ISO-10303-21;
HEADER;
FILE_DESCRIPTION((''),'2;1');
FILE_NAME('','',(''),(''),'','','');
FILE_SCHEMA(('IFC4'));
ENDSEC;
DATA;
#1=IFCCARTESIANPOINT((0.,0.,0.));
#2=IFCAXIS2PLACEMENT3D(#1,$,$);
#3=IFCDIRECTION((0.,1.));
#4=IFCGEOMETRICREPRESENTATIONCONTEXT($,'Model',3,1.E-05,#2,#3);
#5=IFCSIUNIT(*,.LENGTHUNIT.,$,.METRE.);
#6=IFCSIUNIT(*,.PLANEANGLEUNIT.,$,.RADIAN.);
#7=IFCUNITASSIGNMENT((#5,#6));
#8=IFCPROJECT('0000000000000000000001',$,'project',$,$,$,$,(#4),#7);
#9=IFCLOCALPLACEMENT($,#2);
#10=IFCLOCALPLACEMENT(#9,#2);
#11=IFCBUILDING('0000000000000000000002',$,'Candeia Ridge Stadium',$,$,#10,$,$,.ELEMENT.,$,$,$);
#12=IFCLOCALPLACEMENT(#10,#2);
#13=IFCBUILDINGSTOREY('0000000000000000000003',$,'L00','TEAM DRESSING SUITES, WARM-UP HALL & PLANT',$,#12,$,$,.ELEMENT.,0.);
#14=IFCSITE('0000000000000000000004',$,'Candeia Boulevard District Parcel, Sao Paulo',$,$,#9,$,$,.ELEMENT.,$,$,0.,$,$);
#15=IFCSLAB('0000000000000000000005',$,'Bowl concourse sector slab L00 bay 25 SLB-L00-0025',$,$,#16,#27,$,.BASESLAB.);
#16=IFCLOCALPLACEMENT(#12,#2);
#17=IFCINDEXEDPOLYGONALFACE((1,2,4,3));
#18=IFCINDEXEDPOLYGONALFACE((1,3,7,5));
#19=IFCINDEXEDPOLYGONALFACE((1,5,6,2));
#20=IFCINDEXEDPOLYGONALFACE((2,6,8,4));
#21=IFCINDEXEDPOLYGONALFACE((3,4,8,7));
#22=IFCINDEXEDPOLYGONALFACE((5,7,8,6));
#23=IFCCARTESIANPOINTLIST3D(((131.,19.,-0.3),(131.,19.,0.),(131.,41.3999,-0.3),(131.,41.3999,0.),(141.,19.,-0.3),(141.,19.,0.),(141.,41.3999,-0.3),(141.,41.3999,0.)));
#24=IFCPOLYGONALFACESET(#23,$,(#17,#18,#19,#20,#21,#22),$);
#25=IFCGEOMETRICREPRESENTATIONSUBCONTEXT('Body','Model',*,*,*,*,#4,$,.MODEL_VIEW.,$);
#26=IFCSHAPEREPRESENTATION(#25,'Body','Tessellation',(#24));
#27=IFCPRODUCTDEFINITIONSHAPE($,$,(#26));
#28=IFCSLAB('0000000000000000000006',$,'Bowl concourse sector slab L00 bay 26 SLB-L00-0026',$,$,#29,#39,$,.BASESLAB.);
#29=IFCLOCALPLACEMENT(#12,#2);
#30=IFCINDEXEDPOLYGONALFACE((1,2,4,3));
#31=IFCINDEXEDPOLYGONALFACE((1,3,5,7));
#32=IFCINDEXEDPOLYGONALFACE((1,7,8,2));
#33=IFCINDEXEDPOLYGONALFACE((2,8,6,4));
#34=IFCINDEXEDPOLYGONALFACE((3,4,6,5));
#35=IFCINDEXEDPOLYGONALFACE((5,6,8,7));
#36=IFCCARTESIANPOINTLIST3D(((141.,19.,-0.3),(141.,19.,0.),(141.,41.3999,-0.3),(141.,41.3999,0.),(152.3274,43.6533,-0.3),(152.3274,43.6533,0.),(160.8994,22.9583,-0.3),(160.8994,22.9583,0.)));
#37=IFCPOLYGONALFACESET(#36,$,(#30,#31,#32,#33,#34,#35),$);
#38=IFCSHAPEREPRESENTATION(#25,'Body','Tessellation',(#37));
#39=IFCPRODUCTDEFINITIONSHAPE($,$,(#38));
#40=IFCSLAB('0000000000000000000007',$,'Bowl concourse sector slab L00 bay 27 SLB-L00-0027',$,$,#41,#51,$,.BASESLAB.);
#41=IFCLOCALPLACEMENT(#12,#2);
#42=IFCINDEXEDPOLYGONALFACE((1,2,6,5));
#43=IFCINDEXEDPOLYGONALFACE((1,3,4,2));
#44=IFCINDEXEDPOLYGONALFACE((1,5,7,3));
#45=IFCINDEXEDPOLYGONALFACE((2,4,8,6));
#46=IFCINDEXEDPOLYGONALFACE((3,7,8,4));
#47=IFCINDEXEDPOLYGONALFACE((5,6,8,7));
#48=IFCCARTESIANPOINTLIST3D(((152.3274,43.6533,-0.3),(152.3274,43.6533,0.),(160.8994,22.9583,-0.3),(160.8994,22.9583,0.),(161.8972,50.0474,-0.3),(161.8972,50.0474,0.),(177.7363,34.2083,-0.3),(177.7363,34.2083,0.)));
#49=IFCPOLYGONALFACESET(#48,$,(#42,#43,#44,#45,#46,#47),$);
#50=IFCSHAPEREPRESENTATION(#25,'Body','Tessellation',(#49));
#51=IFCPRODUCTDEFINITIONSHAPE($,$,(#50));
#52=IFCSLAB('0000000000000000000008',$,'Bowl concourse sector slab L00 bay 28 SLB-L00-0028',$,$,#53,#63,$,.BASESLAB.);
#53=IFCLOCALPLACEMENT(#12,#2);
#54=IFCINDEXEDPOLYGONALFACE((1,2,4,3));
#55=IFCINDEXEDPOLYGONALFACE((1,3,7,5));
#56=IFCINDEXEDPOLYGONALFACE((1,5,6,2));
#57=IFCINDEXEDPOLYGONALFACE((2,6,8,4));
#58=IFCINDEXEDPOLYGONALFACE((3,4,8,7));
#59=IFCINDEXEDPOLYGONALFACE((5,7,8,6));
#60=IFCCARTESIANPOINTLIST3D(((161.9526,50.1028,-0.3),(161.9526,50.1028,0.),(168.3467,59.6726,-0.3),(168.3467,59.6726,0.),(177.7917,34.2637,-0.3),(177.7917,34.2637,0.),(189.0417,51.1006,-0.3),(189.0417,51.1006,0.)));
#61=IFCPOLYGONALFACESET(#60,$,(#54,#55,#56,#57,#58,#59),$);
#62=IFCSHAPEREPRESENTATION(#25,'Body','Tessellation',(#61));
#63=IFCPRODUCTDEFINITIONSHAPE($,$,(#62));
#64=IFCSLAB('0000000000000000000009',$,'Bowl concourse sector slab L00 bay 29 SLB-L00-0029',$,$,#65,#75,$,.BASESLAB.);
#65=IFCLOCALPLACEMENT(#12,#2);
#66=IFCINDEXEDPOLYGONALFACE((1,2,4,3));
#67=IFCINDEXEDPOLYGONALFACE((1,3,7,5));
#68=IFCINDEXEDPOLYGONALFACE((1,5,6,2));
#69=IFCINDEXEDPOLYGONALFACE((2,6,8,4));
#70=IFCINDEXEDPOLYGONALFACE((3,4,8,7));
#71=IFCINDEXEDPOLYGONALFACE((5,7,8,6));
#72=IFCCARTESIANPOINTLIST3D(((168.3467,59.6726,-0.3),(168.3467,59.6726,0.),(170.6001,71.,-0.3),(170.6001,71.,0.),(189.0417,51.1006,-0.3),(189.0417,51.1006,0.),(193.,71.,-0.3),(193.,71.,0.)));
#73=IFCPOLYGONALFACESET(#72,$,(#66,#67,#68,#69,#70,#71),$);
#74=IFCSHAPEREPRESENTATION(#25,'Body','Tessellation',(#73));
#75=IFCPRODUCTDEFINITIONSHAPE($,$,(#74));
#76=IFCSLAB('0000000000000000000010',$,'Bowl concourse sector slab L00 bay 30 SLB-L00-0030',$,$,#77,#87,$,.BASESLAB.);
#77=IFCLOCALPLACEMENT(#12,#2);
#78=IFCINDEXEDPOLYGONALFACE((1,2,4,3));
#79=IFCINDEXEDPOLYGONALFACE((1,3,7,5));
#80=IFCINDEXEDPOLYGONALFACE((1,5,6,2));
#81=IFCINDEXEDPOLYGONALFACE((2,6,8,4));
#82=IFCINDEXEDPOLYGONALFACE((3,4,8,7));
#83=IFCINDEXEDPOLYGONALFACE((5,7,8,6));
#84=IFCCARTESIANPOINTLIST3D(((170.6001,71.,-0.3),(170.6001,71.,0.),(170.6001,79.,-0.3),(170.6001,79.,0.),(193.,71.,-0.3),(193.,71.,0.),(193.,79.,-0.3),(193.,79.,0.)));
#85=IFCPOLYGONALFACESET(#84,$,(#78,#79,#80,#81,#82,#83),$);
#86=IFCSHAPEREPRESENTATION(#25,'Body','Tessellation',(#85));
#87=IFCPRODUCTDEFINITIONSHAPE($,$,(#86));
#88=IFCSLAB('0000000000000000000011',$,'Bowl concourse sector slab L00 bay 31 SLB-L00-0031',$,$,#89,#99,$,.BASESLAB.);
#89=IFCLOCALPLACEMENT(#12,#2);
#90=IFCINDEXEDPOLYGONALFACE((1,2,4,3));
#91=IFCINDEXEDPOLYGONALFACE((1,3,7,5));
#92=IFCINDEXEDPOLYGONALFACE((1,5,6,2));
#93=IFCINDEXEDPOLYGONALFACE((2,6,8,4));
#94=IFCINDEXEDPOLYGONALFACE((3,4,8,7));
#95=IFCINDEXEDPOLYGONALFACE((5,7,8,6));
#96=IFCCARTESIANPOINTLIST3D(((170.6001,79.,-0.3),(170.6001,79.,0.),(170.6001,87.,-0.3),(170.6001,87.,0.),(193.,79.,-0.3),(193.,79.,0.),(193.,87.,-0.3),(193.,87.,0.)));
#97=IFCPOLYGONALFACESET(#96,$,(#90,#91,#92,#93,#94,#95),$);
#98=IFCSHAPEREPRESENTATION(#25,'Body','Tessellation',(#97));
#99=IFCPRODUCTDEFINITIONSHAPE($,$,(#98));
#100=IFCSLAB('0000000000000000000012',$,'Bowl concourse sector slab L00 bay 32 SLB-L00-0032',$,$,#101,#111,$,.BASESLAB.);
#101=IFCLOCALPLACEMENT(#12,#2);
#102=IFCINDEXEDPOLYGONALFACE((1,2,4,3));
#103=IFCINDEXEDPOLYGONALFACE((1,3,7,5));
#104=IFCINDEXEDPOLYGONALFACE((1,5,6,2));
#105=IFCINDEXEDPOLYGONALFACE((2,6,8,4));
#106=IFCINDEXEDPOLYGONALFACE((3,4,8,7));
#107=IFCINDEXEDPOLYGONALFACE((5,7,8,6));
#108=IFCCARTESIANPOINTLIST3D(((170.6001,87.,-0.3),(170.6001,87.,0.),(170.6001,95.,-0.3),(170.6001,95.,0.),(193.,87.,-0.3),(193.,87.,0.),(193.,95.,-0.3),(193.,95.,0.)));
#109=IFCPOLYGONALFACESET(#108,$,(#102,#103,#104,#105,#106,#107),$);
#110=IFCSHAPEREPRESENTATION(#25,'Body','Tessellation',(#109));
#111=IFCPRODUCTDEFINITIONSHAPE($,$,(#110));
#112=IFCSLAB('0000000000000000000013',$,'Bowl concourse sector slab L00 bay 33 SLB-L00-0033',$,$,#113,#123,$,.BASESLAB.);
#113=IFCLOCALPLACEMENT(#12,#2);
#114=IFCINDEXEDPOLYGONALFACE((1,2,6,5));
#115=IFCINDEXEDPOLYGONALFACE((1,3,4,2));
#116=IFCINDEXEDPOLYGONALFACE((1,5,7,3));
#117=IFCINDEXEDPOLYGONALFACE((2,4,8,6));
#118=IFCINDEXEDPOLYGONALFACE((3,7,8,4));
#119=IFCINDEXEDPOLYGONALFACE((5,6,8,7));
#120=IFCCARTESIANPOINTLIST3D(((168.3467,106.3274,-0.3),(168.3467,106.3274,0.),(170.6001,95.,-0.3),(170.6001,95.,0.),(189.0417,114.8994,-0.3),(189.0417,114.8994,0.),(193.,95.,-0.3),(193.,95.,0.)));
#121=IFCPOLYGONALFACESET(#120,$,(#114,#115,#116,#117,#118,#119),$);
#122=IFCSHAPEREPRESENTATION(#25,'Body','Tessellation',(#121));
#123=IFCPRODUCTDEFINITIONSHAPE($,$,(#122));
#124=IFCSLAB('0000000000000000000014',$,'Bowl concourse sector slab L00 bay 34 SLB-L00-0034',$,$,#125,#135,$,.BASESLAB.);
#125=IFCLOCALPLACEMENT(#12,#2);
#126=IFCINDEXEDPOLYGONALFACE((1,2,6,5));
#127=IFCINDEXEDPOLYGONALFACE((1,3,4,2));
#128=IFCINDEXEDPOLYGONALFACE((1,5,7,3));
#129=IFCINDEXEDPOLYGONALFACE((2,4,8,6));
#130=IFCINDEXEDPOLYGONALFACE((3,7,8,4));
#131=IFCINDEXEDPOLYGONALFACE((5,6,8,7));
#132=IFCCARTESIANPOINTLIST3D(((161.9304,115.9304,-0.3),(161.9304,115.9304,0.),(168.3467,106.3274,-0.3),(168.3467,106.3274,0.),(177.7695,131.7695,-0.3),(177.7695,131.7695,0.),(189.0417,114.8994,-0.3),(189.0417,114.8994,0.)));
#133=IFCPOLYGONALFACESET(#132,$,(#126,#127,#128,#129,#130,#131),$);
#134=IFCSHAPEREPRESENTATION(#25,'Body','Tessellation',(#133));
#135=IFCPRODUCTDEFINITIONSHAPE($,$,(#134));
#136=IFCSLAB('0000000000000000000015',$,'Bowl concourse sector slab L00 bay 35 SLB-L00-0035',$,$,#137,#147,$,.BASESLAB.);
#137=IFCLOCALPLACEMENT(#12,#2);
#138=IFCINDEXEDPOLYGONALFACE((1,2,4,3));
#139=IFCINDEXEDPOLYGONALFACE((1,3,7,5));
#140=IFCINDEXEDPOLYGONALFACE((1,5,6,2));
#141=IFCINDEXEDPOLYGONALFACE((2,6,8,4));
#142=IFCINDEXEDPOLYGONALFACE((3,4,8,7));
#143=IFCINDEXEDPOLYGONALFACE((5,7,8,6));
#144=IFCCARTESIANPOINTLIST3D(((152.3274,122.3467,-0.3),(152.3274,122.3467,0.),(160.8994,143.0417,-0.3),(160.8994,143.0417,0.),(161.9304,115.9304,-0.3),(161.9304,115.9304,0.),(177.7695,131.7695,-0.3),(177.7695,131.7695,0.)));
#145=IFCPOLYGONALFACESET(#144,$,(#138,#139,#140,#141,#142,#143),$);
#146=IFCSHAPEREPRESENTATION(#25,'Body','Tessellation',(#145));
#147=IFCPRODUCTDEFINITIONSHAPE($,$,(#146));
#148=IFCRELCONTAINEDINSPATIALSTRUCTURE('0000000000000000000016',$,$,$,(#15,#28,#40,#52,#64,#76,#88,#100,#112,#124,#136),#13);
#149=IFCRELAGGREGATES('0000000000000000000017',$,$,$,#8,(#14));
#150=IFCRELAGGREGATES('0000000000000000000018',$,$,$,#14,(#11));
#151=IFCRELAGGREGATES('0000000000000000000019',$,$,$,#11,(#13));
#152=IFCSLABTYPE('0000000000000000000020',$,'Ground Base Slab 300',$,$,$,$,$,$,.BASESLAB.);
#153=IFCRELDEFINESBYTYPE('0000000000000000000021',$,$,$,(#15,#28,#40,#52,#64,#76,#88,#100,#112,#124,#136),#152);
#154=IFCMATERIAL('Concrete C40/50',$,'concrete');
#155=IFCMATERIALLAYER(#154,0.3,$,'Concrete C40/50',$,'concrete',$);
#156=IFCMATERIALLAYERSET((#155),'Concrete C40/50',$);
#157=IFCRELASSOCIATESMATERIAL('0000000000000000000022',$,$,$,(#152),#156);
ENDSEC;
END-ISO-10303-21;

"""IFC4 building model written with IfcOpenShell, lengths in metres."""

from ifc_helpers import new_model, si_unit, direction, frame, origin, place, context, subcontext, project, spatial, polyline, outline, extrude, material, layer, layer_set, type_object, element, save


model = new_model("IFC4")

# Units and contexts
model_context = context("Model", 3, precision=1e-05, world=origin(), true_north=direction((0.0, 1.0)))
body_context = subcontext(model_context, "Body", "Model", "MODEL_VIEW")
ifc_project = project(units=[si_unit("LENGTHUNIT", "METRE"), si_unit("PLANEANGLEUNIT", "RADIAN")], contexts=[model_context])

# Site, building, storey
site_placement = place(None, origin())
site = spatial("IfcSite", under=ifc_project, at=site_placement, Name="Candeia Boulevard District Parcel, Sao Paulo", CompositionType="ELEMENT", RefElevation=0.0)
building_placement = place(site_placement, origin())
building = spatial("IfcBuilding", under=site, at=building_placement, Name="Candeia Ridge Stadium", CompositionType="ELEMENT")
storey_placement = place(building_placement, origin())
storey = spatial("IfcBuildingStorey", under=building, at=storey_placement, Name="L00", Description="TEAM DRESSING SUITES, WARM-UP HALL & PLANT", CompositionType="ELEMENT", Elevation=0.0)

# Slabs
ifc_material = material(Name="Concrete C40/50", Category="concrete")
ifc_layer = layer(ifc_material, 0.3, Name="Concrete C40/50", Category="concrete")
ifc_layer_set = layer_set([ifc_layer], Name="Concrete C40/50")
slab_type = type_object("IfcSlabType", Name="Ground Base Slab 300", PredefinedType="BASESLAB", material=ifc_layer_set)
slab_1_placement = place(storey_placement, frame((0.0, 0.0, -0.3)))
element("IfcSlab", 1, at=slab_1_placement, inside=storey, type_object=slab_type, Name="Bowl concourse sector slab L00 bay 25 SLB-L00-0025", PredefinedType="BASESLAB", context=body_context, shape_type="SweptSolid", body=[
    extrude(outline(polyline([(131.0, 41.3999), (141.0, 41.3999), (141.0, 19.0), (131.0, 19.0), (131.0, 41.3999)])), origin(), (0.0, 0.0, 1.0), 0.3),
])
slab_2_placement = place(storey_placement, frame((0.0, 0.0, -0.3)))
element("IfcSlab", 2, at=slab_2_placement, inside=storey, type_object=slab_type, Name="Bowl concourse sector slab L00 bay 26 SLB-L00-0026", PredefinedType="BASESLAB", context=body_context, shape_type="SweptSolid", body=[
    extrude(outline(polyline([(141.0, 41.3999), (152.3274, 43.6533), (160.8994, 22.9583), (141.0, 19.0), (141.0, 41.3999)])), origin(), (0.0, 0.0, 1.0), 0.3),
])
slab_3_placement = place(storey_placement, frame((0.0, 0.0, -0.3)))
element("IfcSlab", 3, at=slab_3_placement, inside=storey, type_object=slab_type, Name="Bowl concourse sector slab L00 bay 27 SLB-L00-0027", PredefinedType="BASESLAB", context=body_context, shape_type="SweptSolid", body=[
    extrude(outline(polyline([(152.3274, 43.6533), (161.8972, 50.0474), (177.7363, 34.2083), (160.8994, 22.9583), (152.3274, 43.6533)])), origin(), (0.0, 0.0, 1.0), 0.3),
])
slab_4_placement = place(storey_placement, frame((0.0, 0.0, -0.3)))
element("IfcSlab", 4, at=slab_4_placement, inside=storey, type_object=slab_type, Name="Bowl concourse sector slab L00 bay 28 SLB-L00-0028", PredefinedType="BASESLAB", context=body_context, shape_type="SweptSolid", body=[
    extrude(outline(polyline([(161.9526, 50.1028), (168.3467, 59.6726), (189.0417, 51.1006), (177.7917, 34.2637), (161.9526, 50.1028)])), origin(), (0.0, 0.0, 1.0), 0.3),
])
slab_5_placement = place(storey_placement, frame((0.0, 0.0, -0.3)))
element("IfcSlab", 5, at=slab_5_placement, inside=storey, type_object=slab_type, Name="Bowl concourse sector slab L00 bay 29 SLB-L00-0029", PredefinedType="BASESLAB", context=body_context, shape_type="SweptSolid", body=[
    extrude(outline(polyline([(168.3467, 59.6726), (170.6001, 71.0), (193.0, 71.0), (189.0417, 51.1006), (168.3467, 59.6726)])), origin(), (0.0, 0.0, 1.0), 0.3),
])
slab_6_placement = place(storey_placement, frame((0.0, 0.0, -0.3)))
element("IfcSlab", 6, at=slab_6_placement, inside=storey, type_object=slab_type, Name="Bowl concourse sector slab L00 bay 30 SLB-L00-0030", PredefinedType="BASESLAB", context=body_context, shape_type="SweptSolid", body=[
    extrude(outline(polyline([(170.6001, 71.0), (170.6001, 79.0), (193.0, 79.0), (193.0, 71.0), (170.6001, 71.0)])), origin(), (0.0, 0.0, 1.0), 0.3),
])
slab_7_placement = place(storey_placement, frame((0.0, 0.0, -0.3)))
element("IfcSlab", 7, at=slab_7_placement, inside=storey, type_object=slab_type, Name="Bowl concourse sector slab L00 bay 31 SLB-L00-0031", PredefinedType="BASESLAB", context=body_context, shape_type="SweptSolid", body=[
    extrude(outline(polyline([(170.6001, 79.0), (170.6001, 87.0), (193.0, 87.0), (193.0, 79.0), (170.6001, 79.0)])), origin(), (0.0, 0.0, 1.0), 0.3),
])
slab_8_placement = place(storey_placement, frame((0.0, 0.0, -0.3)))
element("IfcSlab", 8, at=slab_8_placement, inside=storey, type_object=slab_type, Name="Bowl concourse sector slab L00 bay 32 SLB-L00-0032", PredefinedType="BASESLAB", context=body_context, shape_type="SweptSolid", body=[
    extrude(outline(polyline([(170.6001, 87.0), (170.6001, 95.0), (193.0, 95.0), (193.0, 87.0), (170.6001, 87.0)])), origin(), (0.0, 0.0, 1.0), 0.3),
])
slab_9_placement = place(storey_placement, frame((0.0, 0.0, -0.3)))
element("IfcSlab", 9, at=slab_9_placement, inside=storey, type_object=slab_type, Name="Bowl concourse sector slab L00 bay 33 SLB-L00-0033", PredefinedType="BASESLAB", context=body_context, shape_type="SweptSolid", body=[
    extrude(outline(polyline([(170.6001, 95.0), (168.3467, 106.3274), (189.0417, 114.8994), (193.0, 95.0), (170.6001, 95.0)])), origin(), (0.0, 0.0, 1.0), 0.3),
])
slab_10_placement = place(storey_placement, frame((0.0, 0.0, -0.3)))
element("IfcSlab", 10, at=slab_10_placement, inside=storey, type_object=slab_type, Name="Bowl concourse sector slab L00 bay 34 SLB-L00-0034", PredefinedType="BASESLAB", context=body_context, shape_type="SweptSolid", body=[
    extrude(outline(polyline([(168.3467, 106.3274), (161.9304, 115.9304), (177.7695, 131.7695), (189.0417, 114.8994), (168.3467, 106.3274)])), origin(), (0.0, 0.0, 1.0), 0.3),
])
slab_11_placement = place(storey_placement, frame((0.0, 0.0, -0.3)))
element("IfcSlab", 11, at=slab_11_placement, inside=storey, type_object=slab_type, Name="Bowl concourse sector slab L00 bay 35 SLB-L00-0035", PredefinedType="BASESLAB", context=body_context, shape_type="SweptSolid", body=[
    extrude(outline(polyline([(161.9304, 115.9304), (152.3274, 122.3467), (160.8994, 143.0417), (177.7695, 131.7695), (161.9304, 115.9304)])), origin(), (0.0, 0.0, 1.0), 0.3),
])

save(model, "model.ifc")
